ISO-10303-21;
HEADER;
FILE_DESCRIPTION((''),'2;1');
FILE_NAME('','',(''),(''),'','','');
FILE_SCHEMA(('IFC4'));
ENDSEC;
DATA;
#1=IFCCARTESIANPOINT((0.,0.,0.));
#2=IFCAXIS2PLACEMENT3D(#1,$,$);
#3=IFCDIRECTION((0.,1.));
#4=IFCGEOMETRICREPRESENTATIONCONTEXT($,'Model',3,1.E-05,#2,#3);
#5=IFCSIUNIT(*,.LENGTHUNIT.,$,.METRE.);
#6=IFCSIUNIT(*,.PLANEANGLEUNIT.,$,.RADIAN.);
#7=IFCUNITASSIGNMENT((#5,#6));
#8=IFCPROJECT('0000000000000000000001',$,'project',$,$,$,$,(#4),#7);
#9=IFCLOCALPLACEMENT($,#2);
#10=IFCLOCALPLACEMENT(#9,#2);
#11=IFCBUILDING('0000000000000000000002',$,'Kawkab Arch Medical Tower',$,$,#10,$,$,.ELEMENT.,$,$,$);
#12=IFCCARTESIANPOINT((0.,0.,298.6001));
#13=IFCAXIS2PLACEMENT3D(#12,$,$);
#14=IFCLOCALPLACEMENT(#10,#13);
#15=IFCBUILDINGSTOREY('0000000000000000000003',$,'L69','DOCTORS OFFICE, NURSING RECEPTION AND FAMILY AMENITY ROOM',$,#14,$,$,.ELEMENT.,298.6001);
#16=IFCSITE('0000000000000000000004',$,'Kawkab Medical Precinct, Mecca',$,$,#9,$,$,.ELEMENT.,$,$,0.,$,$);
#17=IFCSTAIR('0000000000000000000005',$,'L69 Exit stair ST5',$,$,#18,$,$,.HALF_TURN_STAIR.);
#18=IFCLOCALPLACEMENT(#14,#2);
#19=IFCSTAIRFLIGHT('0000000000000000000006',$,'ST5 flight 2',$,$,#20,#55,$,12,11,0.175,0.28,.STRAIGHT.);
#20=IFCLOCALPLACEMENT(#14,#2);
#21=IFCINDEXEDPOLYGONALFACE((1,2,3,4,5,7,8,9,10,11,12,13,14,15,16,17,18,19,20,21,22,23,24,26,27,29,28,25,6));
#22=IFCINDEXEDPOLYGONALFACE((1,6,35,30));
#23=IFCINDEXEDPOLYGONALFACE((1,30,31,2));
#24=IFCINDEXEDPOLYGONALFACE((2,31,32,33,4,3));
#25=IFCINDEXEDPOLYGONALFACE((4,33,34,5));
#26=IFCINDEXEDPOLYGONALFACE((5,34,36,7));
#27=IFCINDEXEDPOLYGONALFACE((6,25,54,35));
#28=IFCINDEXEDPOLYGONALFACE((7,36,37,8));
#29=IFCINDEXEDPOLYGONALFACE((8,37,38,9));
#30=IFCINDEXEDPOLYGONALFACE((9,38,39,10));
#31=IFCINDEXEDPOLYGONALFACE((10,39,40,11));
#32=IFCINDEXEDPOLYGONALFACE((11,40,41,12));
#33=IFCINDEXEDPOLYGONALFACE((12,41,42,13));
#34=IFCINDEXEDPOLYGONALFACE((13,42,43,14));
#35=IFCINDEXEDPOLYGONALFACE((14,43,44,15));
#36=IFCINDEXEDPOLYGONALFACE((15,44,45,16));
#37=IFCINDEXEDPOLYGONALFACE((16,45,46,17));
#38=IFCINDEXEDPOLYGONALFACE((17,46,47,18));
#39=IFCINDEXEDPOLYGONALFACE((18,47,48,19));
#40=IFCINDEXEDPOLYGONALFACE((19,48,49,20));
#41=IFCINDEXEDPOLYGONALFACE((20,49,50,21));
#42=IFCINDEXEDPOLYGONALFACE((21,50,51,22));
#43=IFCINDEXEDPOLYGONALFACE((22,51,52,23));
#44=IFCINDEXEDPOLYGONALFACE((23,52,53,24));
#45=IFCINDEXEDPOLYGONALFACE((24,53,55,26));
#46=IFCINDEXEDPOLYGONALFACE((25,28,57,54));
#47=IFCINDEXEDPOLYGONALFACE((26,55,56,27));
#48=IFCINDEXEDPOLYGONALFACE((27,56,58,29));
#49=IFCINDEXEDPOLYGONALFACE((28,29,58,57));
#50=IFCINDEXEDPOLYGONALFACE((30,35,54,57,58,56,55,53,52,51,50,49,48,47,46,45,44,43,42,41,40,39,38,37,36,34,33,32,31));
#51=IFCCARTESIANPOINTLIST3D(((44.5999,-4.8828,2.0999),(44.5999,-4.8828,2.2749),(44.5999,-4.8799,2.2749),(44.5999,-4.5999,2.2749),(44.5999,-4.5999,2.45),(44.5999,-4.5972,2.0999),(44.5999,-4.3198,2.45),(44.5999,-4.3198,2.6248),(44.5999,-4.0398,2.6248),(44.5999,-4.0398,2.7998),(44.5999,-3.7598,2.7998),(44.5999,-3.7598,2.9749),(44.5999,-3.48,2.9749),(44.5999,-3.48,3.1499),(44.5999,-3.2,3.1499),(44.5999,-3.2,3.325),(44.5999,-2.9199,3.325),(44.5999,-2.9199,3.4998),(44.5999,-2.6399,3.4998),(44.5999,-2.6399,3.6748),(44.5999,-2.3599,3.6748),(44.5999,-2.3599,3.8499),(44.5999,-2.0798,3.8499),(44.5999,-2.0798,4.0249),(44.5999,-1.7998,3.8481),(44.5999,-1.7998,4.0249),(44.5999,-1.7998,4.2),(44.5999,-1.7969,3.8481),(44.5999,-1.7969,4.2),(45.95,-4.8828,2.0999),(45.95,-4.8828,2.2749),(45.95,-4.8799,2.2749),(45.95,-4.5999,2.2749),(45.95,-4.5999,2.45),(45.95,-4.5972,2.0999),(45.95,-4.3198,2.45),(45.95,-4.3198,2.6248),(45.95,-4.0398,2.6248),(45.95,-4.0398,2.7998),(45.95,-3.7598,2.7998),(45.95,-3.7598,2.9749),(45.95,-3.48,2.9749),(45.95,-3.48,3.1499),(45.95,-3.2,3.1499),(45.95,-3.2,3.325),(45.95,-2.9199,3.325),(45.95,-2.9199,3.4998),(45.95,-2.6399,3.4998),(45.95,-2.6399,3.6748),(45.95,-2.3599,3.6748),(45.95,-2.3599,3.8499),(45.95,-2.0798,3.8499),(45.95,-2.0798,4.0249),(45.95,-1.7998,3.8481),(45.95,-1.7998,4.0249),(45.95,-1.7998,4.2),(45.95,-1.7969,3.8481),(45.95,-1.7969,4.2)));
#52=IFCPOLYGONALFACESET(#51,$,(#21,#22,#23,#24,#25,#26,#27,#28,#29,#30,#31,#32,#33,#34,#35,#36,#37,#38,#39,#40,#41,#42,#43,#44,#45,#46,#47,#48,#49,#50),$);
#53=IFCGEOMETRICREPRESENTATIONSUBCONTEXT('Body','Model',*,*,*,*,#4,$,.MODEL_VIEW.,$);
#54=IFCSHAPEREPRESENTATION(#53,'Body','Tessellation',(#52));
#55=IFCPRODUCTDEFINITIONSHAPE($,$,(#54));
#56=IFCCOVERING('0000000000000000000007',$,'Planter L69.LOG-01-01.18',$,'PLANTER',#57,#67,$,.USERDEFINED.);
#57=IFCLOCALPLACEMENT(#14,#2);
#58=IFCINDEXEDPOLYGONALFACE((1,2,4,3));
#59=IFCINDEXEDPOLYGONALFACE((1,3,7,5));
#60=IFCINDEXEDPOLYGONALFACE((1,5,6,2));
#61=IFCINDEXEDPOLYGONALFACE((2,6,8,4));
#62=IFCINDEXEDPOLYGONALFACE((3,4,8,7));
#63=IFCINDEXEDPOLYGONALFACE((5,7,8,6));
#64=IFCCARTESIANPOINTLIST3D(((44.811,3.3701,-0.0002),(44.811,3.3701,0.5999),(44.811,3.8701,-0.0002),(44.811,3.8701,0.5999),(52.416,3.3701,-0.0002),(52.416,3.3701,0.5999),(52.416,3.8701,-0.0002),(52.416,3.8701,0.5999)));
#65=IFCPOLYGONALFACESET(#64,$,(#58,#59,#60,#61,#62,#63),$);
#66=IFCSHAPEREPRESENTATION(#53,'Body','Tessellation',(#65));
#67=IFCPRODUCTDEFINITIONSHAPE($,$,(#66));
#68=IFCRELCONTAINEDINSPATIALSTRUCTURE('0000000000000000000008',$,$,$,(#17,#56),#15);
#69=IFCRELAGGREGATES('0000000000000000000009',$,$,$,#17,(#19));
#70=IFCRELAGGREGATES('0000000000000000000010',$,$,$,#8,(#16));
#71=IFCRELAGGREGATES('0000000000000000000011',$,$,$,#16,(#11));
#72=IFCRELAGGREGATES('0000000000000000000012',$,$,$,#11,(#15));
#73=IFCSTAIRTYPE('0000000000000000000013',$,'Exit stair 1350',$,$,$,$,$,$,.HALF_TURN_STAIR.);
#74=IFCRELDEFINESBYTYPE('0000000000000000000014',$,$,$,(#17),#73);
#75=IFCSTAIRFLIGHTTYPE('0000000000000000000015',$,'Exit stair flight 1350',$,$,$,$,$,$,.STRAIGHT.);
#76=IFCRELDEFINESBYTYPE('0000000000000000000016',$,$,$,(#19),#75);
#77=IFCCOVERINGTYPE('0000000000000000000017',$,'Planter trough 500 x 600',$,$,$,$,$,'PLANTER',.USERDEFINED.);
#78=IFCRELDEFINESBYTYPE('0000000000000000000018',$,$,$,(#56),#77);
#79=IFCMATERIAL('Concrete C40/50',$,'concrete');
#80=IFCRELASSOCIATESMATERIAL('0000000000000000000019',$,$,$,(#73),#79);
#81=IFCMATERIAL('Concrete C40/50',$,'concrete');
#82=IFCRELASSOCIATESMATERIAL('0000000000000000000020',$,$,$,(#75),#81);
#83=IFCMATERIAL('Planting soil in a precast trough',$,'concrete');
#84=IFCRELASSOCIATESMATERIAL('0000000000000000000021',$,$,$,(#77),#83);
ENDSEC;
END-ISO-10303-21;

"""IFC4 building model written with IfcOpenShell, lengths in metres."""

from ifc_helpers import new_model, si_unit, direction, frame, origin, origin_2d, place, context, subcontext, project, spatial, polyline, rectangle, outline, extrude, material, material_profile, profile_set, type_object, element, aggregate, save


model = new_model("IFC4")

# Units and contexts
model_context = context("Model", 3, precision=1e-05, world=origin(), true_north=direction((0.0, 1.0)))
body_context = subcontext(model_context, "Body", "Model", "MODEL_VIEW")
ifc_project = project(units=[si_unit("LENGTHUNIT", "METRE"), si_unit("PLANEANGLEUNIT", "RADIAN")], contexts=[model_context])

# Site, building, storey
site_placement = place(None, origin())
site = spatial("IfcSite", under=ifc_project, at=site_placement, Name="Kawkab Medical Precinct, Mecca", CompositionType="ELEMENT", RefElevation=0.0)
building_placement = place(site_placement, origin())
building = spatial("IfcBuilding", under=site, at=building_placement, Name="Kawkab Arch Medical Tower", CompositionType="ELEMENT")
storey_placement = place(building_placement, frame((0.0, 0.0, 298.6001)))
storey = spatial("IfcBuildingStorey", under=building, at=storey_placement, Name="L69", Description="DOCTORS OFFICE, NURSING RECEPTION AND FAMILY AMENITY ROOM", CompositionType="ELEMENT", Elevation=298.6001)

# Shared definitions
placement = place(storey_placement, origin())

# Stair, stair flight
ifc_material_1 = material(Name="Concrete C40/50", Category="concrete")
stair_type = type_object("IfcStairType", Name="Exit stair 1350", PredefinedType="HALF_TURN_STAIR", material=ifc_material_1)
stair = element("IfcStair", 1, at=placement, inside=storey, type_object=stair_type, Name="L69 Exit stair ST5", PredefinedType="HALF_TURN_STAIR")
ifc_material_2 = material(Name="Concrete C40/50", Category="concrete")
stair_flight_type = type_object("IfcStairFlightType", Name="Exit stair flight 1350", PredefinedType="STRAIGHT", material=ifc_material_2)
stair_flight_1_placement = place(storey_placement, frame((45.2749, -4.8799, 2.0999), z_axis=(0.0, 0.0, 1.0), x_axis=(0.0, 1.0, 0.0)))
stair_flight_1 = element("IfcStairFlight", 2, at=stair_flight_1_placement, type_object=stair_flight_type, Name="ST5 flight 2", NumberOfRisers=12, NumberOfTreads=11, PredefinedType="STRAIGHT", RiserHeight=0.175, TreadLength=0.28, context=body_context, shape_type="SweptSolid", body=[
    extrude(outline(polyline([(-0.0029, 0.0), (-0.0029, 0.175), (0.0, 0.175), (0.28, 0.175), (0.28, 0.3501), (0.5601, 0.3501), (0.5601, 0.5249), (0.8401, 0.5249), (0.8401, 0.7), (1.1201, 0.7), (1.1201, 0.875), (1.3999, 0.875), (1.3999, 1.05), (1.6799, 1.05), (1.6799, 1.2251), (1.96, 1.2251), (1.96, 1.3999), (2.24, 1.3999), (2.24, 1.575), (2.52, 1.575), (2.52, 1.75), (2.8, 1.75), (2.8, 1.925), (3.0801, 1.925), (3.0801, 2.1001), (3.083, 2.1001), (3.083, 1.7483), (3.0801, 1.7483), (0.2827, 0.0), (-0.0029, 0.0)])), frame((0.0, 0.675, 0.0), z_axis=(0.0, -1.0, 0.0), x_axis=(1.0, 0.0, 0.0)), (0.0, 0.0, 1.0), 1.3501),
])
aggregate(stair, [stair_flight_1])

# Covering
ifc_material_3 = material(Name="Planting soil in a precast trough", Category="concrete")
ifc_material_profile_1 = material_profile(ifc_material_3, rectangle(XDim=0.5, YDim=0.6001, at=origin_2d()), Name="Trough 500x600")
ifc_profile_set_1 = profile_set([ifc_material_profile_1], Name="Planting soil in a precast trough")
covering_type = type_object("IfcCoveringType", Name="Planter trough 500 x 600", ElementType="PLANTER", PredefinedType="USERDEFINED", material=ifc_profile_set_1)
covering_placement = place(storey_placement, frame((44.811, 3.6201, 0.2998), z_axis=(1.0, 0.0, 0.0), x_axis=(0.0, 1.0, 0.0)))
element("IfcCovering", 3, at=covering_placement, inside=storey, type_object=covering_type, Name="Planter L69.LOG-01-01.18", ObjectType="PLANTER", PredefinedType="USERDEFINED", context=body_context, shape_type="SweptSolid", body=[
    extrude(rectangle(XDim=0.5, YDim=0.6001, at=origin_2d()), origin(), (0.0, 0.0, 1.0), 7.605),
])

save(model, "model.ifc")
